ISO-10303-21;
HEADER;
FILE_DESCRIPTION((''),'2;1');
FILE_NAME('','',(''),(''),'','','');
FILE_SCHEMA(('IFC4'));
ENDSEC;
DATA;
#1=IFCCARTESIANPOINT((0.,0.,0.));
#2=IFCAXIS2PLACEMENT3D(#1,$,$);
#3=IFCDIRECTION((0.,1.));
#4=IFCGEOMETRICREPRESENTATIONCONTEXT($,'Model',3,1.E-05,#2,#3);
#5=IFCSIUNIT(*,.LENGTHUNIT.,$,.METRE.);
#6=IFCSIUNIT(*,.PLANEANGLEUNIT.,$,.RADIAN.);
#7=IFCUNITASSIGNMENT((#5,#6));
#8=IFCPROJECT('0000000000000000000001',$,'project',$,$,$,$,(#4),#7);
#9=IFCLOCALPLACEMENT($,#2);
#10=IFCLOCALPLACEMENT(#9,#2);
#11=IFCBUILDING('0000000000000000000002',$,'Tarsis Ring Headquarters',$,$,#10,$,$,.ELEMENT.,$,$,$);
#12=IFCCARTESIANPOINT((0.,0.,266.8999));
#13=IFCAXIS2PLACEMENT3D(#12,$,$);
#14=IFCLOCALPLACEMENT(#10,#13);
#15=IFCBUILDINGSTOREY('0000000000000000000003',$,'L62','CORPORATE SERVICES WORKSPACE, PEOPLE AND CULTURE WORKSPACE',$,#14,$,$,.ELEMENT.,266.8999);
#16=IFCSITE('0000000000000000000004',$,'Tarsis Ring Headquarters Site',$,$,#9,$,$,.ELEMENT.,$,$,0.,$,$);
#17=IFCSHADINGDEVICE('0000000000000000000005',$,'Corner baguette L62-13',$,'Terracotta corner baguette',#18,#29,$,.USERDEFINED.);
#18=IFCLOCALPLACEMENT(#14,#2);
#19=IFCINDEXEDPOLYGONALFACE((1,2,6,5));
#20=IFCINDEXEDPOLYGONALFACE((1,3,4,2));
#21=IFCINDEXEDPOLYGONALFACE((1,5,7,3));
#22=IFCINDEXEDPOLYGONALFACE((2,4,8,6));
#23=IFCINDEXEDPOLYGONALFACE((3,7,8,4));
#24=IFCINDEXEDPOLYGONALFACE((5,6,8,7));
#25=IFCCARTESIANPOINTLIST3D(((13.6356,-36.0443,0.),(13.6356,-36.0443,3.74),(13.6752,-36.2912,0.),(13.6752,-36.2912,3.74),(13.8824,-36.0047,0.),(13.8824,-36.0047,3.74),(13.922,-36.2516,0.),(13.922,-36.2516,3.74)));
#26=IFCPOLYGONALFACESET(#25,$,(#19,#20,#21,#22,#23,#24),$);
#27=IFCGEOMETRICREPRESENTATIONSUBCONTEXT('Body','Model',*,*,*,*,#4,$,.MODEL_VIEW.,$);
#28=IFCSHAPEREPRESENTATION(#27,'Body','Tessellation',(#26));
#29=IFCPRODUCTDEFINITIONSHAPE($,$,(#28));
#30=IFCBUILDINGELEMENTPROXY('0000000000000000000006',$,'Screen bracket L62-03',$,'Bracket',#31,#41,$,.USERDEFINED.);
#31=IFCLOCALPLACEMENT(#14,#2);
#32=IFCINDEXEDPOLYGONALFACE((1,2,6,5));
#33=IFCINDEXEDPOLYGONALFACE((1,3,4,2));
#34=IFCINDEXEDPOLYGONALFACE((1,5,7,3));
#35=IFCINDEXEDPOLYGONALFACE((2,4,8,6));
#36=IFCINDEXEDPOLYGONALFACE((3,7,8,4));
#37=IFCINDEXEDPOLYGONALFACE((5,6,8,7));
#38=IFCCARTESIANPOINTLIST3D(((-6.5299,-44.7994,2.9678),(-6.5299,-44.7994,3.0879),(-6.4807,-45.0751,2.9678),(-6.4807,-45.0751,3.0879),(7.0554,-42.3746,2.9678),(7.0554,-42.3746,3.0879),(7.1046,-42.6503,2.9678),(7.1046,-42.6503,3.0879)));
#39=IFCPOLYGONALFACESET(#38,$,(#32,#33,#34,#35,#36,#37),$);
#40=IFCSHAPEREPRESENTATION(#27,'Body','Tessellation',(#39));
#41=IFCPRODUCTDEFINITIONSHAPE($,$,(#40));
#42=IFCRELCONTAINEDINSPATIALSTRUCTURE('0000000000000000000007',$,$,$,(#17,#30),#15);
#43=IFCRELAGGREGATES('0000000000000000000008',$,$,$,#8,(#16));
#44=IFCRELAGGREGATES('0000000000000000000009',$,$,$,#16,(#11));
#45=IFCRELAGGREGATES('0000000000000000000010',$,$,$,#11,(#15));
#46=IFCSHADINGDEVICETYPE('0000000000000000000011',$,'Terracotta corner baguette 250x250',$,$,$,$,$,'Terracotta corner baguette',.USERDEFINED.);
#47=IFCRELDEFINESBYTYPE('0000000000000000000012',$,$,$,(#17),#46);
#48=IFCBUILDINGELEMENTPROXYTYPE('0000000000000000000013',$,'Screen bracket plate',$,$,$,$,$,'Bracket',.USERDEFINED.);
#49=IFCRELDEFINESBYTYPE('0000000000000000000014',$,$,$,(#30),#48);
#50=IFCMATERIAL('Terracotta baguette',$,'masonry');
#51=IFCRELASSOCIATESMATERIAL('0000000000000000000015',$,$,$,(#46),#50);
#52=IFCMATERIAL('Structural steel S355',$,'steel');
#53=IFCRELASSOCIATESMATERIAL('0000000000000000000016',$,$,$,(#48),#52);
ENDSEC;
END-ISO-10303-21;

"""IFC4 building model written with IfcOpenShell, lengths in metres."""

from ifc_helpers import new_model, si_unit, direction, frame, origin, origin_2d, place, context, subcontext, project, spatial, rectangle, extrude, material, type_object, element, save


model = new_model("IFC4")

# Units and contexts
model_context = context("Model", 3, precision=1e-05, world=origin(), true_north=direction((0.0, 1.0)))
body_context = subcontext(model_context, "Body", "Model", "MODEL_VIEW")
ifc_project = project(units=[si_unit("LENGTHUNIT", "METRE"), si_unit("PLANEANGLEUNIT", "RADIAN")], contexts=[model_context])

# Site, building, storey
site_placement = place(None, origin())
site = spatial("IfcSite", under=ifc_project, at=site_placement, Name="Tarsis Ring Headquarters Site", CompositionType="ELEMENT", RefElevation=0.0)
building_placement = place(site_placement, origin())
building = spatial("IfcBuilding", under=site, at=building_placement, Name="Tarsis Ring Headquarters", CompositionType="ELEMENT")
storey_placement = place(building_placement, frame((0.0, 0.0, 266.8999)))
storey = spatial("IfcBuildingStorey", under=building, at=storey_placement, Name="L62", Description="CORPORATE SERVICES WORKSPACE, PEOPLE AND CULTURE WORKSPACE", CompositionType="ELEMENT", Elevation=266.8999)

# Shared definitions
ifc_material_1 = material(Name="Structural steel S355", Category="steel")

# Shading device
ifc_material_2 = material(Name="Terracotta baguette", Category="masonry")
shading_device_type_1 = type_object("IfcShadingDeviceType", Name="Terracotta corner baguette 250x250", ElementType="Terracotta corner baguette", PredefinedType="USERDEFINED", material=ifc_material_2)
for number, where, z_axis, x_axis, name in (
    (1, (13.7788, -36.1479, 0.0), (0.0, 0.0, 1.0), (-0.158503, 0.987359, 0.0), "Corner baguette L62-13"),
):
    element("IfcShadingDevice", number, at=place(storey_placement, frame(where, z_axis=z_axis, x_axis=x_axis)), inside=storey, type_object=shading_device_type_1, Name=name, ObjectType="Terracotta corner baguette", PredefinedType="USERDEFINED", context=body_context, shape_type="SweptSolid", body=[
        extrude(rectangle(XDim=0.25, YDim=0.25, at=origin_2d()), origin(), (0.0, 0.0, 1.0), 3.74),
    ])

# Building element proxy
building_element_proxy_type = type_object("IfcBuildingElementProxyType", Name="Screen bracket plate", ElementType="Bracket", PredefinedType="USERDEFINED", material=ifc_material_1)
proxy_placement = place(storey_placement, frame((0.2874, -43.7249, 2.9678), z_axis=(0.0, 0.0, 1.0), x_axis=(0.984442, 0.17571, 0.0)))
element("IfcBuildingElementProxy", 2, at=proxy_placement, inside=storey, type_object=building_element_proxy_type, Name="Screen bracket L62-03", ObjectType="Bracket", PredefinedType="USERDEFINED", context=body_context, shape_type="SweptSolid", body=[
    extrude(rectangle(XDim=13.8, YDim=0.28, at=origin_2d()), origin(), (0.0, 0.0, 1.0), 0.1201),
])

save(model, "model.ifc")
